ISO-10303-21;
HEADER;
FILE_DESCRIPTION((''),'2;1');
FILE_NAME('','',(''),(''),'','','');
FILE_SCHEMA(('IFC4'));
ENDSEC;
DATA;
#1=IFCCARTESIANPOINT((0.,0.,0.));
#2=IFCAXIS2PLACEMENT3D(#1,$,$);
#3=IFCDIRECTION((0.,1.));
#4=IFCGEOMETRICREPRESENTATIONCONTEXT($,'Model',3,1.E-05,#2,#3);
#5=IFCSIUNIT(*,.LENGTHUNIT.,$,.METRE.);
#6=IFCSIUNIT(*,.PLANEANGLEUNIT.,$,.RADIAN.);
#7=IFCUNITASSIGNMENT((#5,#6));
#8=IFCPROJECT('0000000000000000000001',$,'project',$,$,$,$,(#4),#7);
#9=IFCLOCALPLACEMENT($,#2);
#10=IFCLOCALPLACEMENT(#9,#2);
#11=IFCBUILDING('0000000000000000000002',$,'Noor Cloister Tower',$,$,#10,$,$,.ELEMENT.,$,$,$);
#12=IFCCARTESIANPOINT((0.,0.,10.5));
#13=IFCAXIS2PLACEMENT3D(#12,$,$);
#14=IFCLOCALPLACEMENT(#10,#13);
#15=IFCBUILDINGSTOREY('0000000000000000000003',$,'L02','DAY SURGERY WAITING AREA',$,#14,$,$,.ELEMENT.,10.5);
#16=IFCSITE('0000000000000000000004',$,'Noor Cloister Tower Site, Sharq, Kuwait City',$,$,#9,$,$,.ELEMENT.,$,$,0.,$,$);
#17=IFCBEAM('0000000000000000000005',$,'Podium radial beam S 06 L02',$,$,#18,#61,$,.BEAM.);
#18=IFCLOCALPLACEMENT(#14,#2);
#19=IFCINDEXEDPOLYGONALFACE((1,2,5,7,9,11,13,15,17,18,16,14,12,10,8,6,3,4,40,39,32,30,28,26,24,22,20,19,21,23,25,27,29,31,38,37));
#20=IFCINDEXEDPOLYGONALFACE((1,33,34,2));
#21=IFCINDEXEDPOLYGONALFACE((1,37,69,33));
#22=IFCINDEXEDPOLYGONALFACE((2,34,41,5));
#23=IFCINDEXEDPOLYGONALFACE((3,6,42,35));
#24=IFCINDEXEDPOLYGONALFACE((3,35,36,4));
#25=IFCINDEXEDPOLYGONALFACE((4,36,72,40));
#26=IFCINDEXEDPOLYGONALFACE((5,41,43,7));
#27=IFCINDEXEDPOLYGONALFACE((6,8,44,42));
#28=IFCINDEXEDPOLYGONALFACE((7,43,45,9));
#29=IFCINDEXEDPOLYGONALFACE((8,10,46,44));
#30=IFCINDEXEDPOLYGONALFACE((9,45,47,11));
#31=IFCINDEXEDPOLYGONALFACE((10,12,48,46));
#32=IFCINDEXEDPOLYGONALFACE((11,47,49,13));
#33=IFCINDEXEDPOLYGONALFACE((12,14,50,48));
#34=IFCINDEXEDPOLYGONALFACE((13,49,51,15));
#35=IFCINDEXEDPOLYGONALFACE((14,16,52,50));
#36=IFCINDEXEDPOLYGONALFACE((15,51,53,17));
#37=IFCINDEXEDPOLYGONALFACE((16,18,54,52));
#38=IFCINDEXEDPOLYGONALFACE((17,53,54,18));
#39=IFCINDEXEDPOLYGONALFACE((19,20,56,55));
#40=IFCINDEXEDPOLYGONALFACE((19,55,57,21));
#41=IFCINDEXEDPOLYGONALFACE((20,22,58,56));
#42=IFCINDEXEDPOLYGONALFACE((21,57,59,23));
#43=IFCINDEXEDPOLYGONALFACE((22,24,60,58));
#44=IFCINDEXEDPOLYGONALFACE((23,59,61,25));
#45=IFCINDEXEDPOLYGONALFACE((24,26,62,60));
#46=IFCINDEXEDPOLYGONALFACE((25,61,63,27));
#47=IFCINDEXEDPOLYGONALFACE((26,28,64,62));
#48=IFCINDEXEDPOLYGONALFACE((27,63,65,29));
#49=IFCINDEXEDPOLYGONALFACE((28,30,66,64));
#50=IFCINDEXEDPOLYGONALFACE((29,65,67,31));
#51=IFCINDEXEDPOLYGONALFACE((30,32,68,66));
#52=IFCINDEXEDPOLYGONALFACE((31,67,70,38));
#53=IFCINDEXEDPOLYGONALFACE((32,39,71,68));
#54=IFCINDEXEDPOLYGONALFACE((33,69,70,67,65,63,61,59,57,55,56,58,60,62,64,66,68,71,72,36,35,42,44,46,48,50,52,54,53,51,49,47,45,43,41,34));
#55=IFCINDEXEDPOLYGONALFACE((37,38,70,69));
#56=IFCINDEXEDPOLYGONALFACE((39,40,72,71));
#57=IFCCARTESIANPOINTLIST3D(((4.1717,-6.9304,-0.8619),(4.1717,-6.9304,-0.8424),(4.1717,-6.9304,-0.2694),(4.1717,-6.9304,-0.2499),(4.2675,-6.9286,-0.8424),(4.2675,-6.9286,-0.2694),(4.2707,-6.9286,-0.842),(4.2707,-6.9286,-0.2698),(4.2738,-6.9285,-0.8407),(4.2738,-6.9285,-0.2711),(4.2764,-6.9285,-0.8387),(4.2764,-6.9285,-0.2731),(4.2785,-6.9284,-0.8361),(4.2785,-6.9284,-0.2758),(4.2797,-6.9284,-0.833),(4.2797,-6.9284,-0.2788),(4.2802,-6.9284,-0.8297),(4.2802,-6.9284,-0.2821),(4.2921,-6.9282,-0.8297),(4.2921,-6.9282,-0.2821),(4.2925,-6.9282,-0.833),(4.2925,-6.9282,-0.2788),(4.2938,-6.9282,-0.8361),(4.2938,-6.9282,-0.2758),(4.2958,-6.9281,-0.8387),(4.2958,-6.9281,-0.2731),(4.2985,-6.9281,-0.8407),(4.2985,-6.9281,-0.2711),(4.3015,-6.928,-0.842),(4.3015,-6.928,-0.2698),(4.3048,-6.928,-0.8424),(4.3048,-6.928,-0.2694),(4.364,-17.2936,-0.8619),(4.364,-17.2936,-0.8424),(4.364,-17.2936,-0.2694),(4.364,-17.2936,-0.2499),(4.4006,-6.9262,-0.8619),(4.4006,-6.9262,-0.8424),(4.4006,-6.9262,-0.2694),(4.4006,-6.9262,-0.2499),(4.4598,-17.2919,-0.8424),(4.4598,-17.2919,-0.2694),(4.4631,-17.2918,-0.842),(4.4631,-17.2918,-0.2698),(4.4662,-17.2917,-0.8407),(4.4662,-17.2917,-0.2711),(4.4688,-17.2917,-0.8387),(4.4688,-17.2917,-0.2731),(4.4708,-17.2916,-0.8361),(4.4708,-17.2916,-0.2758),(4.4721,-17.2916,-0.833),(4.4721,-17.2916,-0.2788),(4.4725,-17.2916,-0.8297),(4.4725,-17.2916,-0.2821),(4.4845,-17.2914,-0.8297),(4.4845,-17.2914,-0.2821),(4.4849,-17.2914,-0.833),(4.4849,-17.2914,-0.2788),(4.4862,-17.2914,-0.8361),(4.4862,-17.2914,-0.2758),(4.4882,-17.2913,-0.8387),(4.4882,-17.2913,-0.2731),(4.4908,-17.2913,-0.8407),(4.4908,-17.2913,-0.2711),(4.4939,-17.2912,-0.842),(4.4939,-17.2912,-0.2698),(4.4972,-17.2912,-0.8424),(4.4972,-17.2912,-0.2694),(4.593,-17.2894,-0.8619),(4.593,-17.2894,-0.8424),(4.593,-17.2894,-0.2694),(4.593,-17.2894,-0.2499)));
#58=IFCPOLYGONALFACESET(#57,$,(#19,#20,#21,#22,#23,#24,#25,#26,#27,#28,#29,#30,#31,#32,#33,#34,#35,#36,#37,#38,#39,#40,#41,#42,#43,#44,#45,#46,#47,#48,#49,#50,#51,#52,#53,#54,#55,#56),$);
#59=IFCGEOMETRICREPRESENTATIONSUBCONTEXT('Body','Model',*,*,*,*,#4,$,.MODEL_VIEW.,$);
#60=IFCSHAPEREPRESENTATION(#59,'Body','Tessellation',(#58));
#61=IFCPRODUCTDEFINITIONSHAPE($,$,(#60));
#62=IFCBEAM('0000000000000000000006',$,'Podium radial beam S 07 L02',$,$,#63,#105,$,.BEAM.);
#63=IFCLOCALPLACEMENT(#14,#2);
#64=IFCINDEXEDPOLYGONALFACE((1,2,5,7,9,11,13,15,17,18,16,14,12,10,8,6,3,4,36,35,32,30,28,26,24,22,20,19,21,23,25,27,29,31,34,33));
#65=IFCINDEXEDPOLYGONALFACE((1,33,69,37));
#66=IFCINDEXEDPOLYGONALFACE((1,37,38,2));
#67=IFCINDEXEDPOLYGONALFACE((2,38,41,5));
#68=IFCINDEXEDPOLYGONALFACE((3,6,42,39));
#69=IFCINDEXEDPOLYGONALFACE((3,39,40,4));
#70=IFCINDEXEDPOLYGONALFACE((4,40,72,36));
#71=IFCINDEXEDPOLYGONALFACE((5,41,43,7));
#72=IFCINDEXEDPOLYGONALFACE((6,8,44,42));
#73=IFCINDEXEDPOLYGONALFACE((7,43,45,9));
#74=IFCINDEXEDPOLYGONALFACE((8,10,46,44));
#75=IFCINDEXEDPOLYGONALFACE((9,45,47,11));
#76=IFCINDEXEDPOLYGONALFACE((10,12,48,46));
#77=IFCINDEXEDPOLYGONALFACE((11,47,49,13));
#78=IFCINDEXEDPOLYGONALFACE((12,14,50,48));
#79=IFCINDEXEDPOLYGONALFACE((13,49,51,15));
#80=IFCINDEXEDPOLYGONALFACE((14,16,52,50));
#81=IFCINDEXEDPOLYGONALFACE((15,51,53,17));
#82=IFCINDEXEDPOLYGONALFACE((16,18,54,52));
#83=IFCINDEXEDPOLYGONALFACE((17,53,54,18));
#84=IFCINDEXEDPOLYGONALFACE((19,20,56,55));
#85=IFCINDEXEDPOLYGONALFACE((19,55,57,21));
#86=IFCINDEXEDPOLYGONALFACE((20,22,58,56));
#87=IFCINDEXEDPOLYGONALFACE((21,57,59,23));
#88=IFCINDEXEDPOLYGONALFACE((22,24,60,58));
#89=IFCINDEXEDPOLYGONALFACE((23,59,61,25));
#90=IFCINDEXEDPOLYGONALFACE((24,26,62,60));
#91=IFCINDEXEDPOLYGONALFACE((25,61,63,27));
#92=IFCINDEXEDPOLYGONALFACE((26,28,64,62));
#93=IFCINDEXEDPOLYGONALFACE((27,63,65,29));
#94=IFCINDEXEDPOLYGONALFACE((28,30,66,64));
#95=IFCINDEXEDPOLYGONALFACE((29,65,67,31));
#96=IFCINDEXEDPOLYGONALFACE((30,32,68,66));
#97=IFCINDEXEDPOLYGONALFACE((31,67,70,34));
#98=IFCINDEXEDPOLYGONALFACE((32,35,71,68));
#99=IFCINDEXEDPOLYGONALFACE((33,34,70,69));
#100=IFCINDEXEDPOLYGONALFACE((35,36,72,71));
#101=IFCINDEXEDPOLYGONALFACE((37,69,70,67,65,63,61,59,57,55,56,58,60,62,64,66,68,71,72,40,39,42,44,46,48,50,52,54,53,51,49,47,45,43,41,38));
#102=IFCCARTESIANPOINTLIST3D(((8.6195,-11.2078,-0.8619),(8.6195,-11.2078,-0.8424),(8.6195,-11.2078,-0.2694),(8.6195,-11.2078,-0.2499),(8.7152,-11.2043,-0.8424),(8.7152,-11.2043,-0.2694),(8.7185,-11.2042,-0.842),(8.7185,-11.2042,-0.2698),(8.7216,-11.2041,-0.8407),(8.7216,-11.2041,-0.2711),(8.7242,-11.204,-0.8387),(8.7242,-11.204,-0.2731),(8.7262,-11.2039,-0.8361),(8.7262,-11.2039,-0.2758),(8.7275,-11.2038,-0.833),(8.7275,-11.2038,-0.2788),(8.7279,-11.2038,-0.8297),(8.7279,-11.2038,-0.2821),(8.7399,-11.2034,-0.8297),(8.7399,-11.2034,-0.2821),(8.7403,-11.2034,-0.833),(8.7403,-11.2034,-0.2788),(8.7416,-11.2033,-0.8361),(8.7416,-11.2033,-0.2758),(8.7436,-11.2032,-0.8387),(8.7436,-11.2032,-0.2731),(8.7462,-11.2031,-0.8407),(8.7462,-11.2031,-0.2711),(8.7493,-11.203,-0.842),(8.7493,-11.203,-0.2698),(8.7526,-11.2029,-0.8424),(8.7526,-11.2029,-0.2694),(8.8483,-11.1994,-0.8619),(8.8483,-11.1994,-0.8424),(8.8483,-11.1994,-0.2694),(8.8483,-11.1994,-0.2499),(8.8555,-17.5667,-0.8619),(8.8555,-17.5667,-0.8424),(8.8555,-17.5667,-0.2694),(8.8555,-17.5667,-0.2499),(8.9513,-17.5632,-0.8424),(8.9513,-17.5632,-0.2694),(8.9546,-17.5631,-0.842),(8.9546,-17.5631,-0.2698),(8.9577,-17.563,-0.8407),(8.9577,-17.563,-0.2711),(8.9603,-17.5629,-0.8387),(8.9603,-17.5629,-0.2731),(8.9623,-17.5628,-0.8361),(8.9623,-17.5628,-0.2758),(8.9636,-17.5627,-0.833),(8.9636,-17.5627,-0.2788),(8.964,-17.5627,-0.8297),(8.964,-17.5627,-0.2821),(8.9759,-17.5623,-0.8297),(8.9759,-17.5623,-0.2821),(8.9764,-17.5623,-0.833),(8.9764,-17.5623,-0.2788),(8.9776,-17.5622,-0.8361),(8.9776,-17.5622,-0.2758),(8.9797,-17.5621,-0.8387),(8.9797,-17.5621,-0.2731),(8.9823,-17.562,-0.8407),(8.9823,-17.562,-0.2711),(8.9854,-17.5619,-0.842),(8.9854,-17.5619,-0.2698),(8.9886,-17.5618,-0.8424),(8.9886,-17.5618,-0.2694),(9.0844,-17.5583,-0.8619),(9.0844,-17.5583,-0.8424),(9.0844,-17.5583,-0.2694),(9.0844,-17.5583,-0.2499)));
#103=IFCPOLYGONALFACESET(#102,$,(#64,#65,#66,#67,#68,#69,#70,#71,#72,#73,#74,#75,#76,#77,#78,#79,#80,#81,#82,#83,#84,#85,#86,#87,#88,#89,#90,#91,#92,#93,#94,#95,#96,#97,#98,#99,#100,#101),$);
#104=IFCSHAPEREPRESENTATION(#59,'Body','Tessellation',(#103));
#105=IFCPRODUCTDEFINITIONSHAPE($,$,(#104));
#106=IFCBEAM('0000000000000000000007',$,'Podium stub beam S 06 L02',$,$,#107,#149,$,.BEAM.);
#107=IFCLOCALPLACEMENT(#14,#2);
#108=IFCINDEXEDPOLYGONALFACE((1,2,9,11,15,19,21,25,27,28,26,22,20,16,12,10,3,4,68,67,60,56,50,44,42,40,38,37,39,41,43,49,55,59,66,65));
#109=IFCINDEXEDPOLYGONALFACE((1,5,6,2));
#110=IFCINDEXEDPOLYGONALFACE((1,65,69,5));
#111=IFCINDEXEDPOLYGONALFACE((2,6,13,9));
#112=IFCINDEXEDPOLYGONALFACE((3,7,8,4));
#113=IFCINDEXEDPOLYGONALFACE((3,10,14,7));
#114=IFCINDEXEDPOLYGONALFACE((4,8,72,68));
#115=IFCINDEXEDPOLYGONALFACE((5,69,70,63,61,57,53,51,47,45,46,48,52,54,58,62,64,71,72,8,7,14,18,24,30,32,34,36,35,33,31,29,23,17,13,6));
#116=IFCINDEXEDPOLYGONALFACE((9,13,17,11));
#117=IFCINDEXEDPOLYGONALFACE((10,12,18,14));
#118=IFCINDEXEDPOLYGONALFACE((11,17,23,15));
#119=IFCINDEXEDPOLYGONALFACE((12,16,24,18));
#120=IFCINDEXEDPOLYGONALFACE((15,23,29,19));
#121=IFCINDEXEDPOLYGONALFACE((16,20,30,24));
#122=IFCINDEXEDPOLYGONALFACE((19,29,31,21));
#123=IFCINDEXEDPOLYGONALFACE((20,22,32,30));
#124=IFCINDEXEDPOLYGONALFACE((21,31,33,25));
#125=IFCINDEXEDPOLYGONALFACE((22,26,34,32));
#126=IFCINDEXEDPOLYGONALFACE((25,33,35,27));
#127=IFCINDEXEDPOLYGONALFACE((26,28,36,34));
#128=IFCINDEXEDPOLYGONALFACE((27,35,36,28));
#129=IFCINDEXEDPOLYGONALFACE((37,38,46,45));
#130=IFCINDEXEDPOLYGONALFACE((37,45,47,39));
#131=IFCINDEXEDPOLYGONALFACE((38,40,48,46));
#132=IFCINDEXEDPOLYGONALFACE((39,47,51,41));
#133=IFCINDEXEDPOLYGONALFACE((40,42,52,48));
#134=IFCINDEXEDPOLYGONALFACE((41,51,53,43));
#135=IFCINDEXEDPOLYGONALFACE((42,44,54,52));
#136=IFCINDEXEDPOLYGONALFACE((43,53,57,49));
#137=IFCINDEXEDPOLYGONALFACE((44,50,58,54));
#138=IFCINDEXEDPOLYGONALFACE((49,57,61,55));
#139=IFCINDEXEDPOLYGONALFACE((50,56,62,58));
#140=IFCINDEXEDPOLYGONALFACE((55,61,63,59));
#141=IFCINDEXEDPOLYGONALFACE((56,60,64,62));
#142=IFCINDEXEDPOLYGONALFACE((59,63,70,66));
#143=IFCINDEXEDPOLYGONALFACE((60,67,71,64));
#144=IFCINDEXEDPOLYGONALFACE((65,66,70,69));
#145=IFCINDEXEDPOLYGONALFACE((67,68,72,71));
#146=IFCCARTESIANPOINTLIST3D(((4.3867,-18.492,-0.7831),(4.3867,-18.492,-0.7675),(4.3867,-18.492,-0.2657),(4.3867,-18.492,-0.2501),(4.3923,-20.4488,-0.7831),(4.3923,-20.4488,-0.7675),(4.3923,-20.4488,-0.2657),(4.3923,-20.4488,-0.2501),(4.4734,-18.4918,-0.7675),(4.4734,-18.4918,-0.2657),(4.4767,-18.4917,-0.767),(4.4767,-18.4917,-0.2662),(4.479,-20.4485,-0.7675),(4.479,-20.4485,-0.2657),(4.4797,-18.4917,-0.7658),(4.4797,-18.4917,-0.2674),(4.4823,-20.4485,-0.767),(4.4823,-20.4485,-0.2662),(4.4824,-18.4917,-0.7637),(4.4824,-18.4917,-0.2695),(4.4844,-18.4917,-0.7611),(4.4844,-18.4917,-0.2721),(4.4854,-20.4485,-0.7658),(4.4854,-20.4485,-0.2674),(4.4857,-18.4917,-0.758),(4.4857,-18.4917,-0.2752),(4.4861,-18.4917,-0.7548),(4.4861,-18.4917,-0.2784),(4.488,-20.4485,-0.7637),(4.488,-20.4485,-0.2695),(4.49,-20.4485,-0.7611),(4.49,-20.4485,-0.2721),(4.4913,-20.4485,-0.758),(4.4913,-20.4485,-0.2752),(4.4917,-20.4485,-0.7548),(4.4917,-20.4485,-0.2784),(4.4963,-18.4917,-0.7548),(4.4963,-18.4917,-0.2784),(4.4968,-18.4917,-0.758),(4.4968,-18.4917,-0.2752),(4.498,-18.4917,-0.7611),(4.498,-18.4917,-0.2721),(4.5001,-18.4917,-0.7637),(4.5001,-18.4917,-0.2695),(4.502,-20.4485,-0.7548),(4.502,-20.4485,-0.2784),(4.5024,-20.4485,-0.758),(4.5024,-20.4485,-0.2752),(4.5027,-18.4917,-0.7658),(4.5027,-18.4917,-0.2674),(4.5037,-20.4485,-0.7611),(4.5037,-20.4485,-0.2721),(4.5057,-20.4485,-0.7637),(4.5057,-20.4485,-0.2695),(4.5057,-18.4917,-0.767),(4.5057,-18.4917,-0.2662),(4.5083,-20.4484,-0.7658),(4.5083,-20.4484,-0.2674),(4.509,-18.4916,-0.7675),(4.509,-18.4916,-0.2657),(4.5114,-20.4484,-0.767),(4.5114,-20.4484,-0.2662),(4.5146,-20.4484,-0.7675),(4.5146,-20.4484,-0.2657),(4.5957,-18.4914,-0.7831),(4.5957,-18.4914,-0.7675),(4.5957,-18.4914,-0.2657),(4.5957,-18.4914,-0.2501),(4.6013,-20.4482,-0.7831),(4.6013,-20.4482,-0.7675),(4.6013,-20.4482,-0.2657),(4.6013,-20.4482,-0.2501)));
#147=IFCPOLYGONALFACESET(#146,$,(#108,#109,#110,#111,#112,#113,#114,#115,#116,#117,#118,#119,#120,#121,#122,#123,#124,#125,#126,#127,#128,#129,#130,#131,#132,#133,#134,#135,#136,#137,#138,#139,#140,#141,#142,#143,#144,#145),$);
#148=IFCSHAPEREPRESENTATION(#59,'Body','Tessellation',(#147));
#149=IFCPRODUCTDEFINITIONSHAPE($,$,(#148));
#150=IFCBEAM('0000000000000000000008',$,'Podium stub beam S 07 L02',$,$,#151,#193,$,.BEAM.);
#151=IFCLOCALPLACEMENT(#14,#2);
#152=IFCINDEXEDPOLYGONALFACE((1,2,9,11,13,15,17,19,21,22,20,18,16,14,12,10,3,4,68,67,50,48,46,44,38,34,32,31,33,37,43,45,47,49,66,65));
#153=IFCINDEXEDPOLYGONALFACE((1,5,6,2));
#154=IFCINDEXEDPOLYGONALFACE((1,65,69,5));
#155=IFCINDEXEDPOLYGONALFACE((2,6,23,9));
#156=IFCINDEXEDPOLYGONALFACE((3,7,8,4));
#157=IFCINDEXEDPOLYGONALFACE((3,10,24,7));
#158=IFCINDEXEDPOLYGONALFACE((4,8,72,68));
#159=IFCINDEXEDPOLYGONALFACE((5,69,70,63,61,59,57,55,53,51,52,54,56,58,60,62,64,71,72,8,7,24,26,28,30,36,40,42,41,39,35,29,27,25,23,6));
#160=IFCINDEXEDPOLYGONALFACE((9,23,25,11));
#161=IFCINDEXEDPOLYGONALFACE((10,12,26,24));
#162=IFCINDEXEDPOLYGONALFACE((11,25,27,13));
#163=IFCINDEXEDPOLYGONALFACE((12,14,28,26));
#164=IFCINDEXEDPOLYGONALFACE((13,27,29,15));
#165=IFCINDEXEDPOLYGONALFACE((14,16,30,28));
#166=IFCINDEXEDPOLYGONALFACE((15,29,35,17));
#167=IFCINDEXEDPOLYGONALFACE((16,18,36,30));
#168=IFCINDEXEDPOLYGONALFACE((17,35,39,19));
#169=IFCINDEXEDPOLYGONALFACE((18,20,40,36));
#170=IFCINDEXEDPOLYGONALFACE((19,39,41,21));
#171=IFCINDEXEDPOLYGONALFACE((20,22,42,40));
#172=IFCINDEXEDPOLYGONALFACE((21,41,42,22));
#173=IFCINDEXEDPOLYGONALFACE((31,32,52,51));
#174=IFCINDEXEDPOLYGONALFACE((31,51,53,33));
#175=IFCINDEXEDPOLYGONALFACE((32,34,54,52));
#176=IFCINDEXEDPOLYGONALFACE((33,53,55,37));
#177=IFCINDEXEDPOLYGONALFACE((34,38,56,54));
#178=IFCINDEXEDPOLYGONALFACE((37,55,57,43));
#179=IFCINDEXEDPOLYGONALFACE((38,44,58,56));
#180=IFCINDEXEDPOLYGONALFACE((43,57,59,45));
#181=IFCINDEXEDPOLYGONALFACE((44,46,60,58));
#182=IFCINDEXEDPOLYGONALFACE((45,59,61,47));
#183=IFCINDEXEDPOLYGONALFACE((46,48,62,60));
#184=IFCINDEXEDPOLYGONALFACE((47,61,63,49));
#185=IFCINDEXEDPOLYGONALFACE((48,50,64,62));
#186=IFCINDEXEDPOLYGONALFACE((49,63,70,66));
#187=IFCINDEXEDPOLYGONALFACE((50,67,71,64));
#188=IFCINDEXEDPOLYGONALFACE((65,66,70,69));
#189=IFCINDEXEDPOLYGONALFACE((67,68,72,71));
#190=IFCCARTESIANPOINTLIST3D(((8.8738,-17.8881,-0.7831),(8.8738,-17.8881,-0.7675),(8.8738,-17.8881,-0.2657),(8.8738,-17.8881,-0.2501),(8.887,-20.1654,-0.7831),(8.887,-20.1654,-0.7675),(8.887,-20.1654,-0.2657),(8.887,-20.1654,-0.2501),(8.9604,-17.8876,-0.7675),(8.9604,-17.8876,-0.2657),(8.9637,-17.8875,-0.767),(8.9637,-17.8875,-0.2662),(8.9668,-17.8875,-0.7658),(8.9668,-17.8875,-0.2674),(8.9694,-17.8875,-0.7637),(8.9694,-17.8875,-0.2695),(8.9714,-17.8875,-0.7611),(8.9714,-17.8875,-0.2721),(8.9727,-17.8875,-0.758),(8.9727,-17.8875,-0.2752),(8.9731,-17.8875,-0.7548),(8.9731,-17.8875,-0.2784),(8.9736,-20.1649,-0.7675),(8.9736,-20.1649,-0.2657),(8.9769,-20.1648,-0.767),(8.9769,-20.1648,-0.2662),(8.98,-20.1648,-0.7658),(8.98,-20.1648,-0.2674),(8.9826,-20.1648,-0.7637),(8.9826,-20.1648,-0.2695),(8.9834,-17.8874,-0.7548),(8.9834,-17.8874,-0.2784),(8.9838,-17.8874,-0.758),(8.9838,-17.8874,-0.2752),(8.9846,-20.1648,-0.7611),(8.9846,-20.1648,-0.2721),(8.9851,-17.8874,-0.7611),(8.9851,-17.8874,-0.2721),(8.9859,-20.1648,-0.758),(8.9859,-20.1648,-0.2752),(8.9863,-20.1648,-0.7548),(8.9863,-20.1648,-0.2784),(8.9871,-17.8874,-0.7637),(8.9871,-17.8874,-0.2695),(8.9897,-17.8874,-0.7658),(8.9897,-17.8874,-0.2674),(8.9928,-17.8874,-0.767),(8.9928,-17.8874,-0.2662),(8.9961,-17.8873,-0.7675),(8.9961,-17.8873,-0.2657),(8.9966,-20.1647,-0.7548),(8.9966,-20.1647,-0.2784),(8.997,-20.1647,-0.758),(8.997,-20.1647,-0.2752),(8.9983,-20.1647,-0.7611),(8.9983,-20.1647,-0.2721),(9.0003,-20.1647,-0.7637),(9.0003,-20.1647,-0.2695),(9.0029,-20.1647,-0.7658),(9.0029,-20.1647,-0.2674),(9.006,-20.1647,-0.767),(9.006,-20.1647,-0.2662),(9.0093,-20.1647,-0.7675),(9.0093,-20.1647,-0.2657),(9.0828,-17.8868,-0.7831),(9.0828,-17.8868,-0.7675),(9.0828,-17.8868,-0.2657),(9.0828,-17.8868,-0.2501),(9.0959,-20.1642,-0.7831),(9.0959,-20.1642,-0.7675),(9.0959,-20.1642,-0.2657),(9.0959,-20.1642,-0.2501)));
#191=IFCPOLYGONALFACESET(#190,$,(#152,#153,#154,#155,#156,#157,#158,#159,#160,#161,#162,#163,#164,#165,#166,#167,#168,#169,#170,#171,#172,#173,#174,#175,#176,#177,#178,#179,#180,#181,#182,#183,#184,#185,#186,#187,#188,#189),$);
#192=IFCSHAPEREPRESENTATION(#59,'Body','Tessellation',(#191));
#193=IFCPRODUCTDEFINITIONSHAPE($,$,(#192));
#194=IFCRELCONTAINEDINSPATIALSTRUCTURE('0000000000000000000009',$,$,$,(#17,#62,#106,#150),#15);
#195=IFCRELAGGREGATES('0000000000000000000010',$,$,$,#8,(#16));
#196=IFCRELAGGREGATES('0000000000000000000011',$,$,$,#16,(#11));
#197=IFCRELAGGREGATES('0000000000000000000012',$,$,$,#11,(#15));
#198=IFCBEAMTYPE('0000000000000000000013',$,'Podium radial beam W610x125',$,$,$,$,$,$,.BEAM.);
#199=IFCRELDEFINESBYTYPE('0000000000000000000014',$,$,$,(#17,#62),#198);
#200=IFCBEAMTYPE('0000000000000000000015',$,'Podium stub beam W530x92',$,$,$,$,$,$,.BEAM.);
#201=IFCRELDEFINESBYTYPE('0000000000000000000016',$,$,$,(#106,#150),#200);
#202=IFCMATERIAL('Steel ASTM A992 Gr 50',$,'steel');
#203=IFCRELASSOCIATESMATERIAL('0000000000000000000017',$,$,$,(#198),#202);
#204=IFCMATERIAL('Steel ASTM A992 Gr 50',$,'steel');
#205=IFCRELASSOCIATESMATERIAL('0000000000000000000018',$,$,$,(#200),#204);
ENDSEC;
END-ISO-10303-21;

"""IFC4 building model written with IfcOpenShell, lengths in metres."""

from ifc_helpers import new_model, si_unit, direction, frame, origin, origin_2d, place, context, subcontext, project, spatial, i_section, extrude, material, material_profile, profile_set, type_object, element, save


model = new_model("IFC4")

# Units and contexts
model_context = context("Model", 3, precision=1e-05, world=origin(), true_north=direction((0.0, 1.0)))
body_context = subcontext(model_context, "Body", "Model", "MODEL_VIEW")
ifc_project = project(units=[si_unit("LENGTHUNIT", "METRE"), si_unit("PLANEANGLEUNIT", "RADIAN")], contexts=[model_context])

# Site, building, storey
site_placement = place(None, origin())
site = spatial("IfcSite", under=ifc_project, at=site_placement, Name="Noor Cloister Tower Site, Sharq, Kuwait City", CompositionType="ELEMENT", RefElevation=0.0)
building_placement = place(site_placement, origin())
building = spatial("IfcBuilding", under=site, at=building_placement, Name="Noor Cloister Tower", CompositionType="ELEMENT")
storey_placement = place(building_placement, frame((0.0, 0.0, 10.5)))
storey = spatial("IfcBuildingStorey", under=building, at=storey_placement, Name="L02", Description="DAY SURGERY WAITING AREA", CompositionType="ELEMENT", Elevation=10.5)

# Beams
ifc_material_1 = material(Name="Steel ASTM A992 Gr 50", Category="steel")
ifc_material_profile_1 = material_profile(ifc_material_1, i_section(OverallWidth=0.229, OverallDepth=0.6121, WebThickness=0.012, FlangeThickness=0.0195, FilletRadius=0.0127, at=origin_2d()), Name="W610x125")
ifc_profile_set_1 = profile_set([ifc_material_profile_1], Name="Steel ASTM A992 Gr 50")
beam_type_1 = type_object("IfcBeamType", Name="Podium radial beam W610x125", PredefinedType="BEAM", material=ifc_profile_set_1)
beam_1_placement = place(storey_placement, frame((4.4785, -17.2915, -0.5559), z_axis=(-0.018561, 0.999828, 0.0), x_axis=(-0.999828, -0.018561, 0.0)))
element("IfcBeam", 1, at=beam_1_placement, inside=storey, type_object=beam_type_1, Name="Podium radial beam S 06 L02", PredefinedType="BEAM", context=body_context, shape_type="SweptSolid", body=[
    extrude(i_section(OverallWidth=0.229, OverallDepth=0.6121, WebThickness=0.012, FlangeThickness=0.0195, FilletRadius=0.0127, at=origin_2d()), origin(), (0.0, 0.0, 1.0), 10.365),
])
beam_2_placement = place(storey_placement, frame((8.97, -17.5625, -0.5559), z_axis=(-0.037101, 0.999312, 0.0), x_axis=(-0.999312, -0.037101, 0.0)))
element("IfcBeam", 2, at=beam_2_placement, inside=storey, type_object=beam_type_1, Name="Podium radial beam S 07 L02", PredefinedType="BEAM", context=body_context, shape_type="SweptSolid", body=[
    extrude(i_section(OverallWidth=0.229, OverallDepth=0.6121, WebThickness=0.012, FlangeThickness=0.0195, FilletRadius=0.0127, at=origin_2d()), origin(), (0.0, 0.0, 1.0), 6.3633),
])
ifc_material_2 = material(Name="Steel ASTM A992 Gr 50", Category="steel")
ifc_material_profile_2 = material_profile(ifc_material_2, i_section(OverallWidth=0.209, OverallDepth=0.533, WebThickness=0.0103, FlangeThickness=0.0156, FilletRadius=0.0127, at=origin_2d()), Name="W530x92")
ifc_profile_set_2 = profile_set([ifc_material_profile_2], Name="Steel ASTM A992 Gr 50")
beam_type_2 = type_object("IfcBeamType", Name="Podium stub beam W530x92", PredefinedType="BEAM", material=ifc_profile_set_2)
beam_3_placement = place(storey_placement, frame((4.4912, -18.4917, -0.5166), z_axis=(0.00287, -0.999996, 0.0), x_axis=(0.999996, 0.00287, 0.0)))
element("IfcBeam", 3, at=beam_3_placement, inside=storey, type_object=beam_type_2, Name="Podium stub beam S 06 L02", PredefinedType="BEAM", context=body_context, shape_type="SweptSolid", body=[
    extrude(i_section(OverallWidth=0.209, OverallDepth=0.533, WebThickness=0.0103, FlangeThickness=0.0156, FilletRadius=0.0127, at=origin_2d()), origin(), (0.0, 0.0, 1.0), 1.9568),
])
beam_4_placement = place(storey_placement, frame((8.9783, -17.8875, -0.5166), z_axis=(0.005789, -0.999983, 0.0), x_axis=(0.999983, 0.005789, 0.0)))
element("IfcBeam", 4, at=beam_4_placement, inside=storey, type_object=beam_type_2, Name="Podium stub beam S 07 L02", PredefinedType="BEAM", context=body_context, shape_type="SweptSolid", body=[
    extrude(i_section(OverallWidth=0.209, OverallDepth=0.533, WebThickness=0.0103, FlangeThickness=0.0156, FilletRadius=0.0127, at=origin_2d()), origin(), (0.0, 0.0, 1.0), 2.2773),
])

save(model, "model.ifc")
